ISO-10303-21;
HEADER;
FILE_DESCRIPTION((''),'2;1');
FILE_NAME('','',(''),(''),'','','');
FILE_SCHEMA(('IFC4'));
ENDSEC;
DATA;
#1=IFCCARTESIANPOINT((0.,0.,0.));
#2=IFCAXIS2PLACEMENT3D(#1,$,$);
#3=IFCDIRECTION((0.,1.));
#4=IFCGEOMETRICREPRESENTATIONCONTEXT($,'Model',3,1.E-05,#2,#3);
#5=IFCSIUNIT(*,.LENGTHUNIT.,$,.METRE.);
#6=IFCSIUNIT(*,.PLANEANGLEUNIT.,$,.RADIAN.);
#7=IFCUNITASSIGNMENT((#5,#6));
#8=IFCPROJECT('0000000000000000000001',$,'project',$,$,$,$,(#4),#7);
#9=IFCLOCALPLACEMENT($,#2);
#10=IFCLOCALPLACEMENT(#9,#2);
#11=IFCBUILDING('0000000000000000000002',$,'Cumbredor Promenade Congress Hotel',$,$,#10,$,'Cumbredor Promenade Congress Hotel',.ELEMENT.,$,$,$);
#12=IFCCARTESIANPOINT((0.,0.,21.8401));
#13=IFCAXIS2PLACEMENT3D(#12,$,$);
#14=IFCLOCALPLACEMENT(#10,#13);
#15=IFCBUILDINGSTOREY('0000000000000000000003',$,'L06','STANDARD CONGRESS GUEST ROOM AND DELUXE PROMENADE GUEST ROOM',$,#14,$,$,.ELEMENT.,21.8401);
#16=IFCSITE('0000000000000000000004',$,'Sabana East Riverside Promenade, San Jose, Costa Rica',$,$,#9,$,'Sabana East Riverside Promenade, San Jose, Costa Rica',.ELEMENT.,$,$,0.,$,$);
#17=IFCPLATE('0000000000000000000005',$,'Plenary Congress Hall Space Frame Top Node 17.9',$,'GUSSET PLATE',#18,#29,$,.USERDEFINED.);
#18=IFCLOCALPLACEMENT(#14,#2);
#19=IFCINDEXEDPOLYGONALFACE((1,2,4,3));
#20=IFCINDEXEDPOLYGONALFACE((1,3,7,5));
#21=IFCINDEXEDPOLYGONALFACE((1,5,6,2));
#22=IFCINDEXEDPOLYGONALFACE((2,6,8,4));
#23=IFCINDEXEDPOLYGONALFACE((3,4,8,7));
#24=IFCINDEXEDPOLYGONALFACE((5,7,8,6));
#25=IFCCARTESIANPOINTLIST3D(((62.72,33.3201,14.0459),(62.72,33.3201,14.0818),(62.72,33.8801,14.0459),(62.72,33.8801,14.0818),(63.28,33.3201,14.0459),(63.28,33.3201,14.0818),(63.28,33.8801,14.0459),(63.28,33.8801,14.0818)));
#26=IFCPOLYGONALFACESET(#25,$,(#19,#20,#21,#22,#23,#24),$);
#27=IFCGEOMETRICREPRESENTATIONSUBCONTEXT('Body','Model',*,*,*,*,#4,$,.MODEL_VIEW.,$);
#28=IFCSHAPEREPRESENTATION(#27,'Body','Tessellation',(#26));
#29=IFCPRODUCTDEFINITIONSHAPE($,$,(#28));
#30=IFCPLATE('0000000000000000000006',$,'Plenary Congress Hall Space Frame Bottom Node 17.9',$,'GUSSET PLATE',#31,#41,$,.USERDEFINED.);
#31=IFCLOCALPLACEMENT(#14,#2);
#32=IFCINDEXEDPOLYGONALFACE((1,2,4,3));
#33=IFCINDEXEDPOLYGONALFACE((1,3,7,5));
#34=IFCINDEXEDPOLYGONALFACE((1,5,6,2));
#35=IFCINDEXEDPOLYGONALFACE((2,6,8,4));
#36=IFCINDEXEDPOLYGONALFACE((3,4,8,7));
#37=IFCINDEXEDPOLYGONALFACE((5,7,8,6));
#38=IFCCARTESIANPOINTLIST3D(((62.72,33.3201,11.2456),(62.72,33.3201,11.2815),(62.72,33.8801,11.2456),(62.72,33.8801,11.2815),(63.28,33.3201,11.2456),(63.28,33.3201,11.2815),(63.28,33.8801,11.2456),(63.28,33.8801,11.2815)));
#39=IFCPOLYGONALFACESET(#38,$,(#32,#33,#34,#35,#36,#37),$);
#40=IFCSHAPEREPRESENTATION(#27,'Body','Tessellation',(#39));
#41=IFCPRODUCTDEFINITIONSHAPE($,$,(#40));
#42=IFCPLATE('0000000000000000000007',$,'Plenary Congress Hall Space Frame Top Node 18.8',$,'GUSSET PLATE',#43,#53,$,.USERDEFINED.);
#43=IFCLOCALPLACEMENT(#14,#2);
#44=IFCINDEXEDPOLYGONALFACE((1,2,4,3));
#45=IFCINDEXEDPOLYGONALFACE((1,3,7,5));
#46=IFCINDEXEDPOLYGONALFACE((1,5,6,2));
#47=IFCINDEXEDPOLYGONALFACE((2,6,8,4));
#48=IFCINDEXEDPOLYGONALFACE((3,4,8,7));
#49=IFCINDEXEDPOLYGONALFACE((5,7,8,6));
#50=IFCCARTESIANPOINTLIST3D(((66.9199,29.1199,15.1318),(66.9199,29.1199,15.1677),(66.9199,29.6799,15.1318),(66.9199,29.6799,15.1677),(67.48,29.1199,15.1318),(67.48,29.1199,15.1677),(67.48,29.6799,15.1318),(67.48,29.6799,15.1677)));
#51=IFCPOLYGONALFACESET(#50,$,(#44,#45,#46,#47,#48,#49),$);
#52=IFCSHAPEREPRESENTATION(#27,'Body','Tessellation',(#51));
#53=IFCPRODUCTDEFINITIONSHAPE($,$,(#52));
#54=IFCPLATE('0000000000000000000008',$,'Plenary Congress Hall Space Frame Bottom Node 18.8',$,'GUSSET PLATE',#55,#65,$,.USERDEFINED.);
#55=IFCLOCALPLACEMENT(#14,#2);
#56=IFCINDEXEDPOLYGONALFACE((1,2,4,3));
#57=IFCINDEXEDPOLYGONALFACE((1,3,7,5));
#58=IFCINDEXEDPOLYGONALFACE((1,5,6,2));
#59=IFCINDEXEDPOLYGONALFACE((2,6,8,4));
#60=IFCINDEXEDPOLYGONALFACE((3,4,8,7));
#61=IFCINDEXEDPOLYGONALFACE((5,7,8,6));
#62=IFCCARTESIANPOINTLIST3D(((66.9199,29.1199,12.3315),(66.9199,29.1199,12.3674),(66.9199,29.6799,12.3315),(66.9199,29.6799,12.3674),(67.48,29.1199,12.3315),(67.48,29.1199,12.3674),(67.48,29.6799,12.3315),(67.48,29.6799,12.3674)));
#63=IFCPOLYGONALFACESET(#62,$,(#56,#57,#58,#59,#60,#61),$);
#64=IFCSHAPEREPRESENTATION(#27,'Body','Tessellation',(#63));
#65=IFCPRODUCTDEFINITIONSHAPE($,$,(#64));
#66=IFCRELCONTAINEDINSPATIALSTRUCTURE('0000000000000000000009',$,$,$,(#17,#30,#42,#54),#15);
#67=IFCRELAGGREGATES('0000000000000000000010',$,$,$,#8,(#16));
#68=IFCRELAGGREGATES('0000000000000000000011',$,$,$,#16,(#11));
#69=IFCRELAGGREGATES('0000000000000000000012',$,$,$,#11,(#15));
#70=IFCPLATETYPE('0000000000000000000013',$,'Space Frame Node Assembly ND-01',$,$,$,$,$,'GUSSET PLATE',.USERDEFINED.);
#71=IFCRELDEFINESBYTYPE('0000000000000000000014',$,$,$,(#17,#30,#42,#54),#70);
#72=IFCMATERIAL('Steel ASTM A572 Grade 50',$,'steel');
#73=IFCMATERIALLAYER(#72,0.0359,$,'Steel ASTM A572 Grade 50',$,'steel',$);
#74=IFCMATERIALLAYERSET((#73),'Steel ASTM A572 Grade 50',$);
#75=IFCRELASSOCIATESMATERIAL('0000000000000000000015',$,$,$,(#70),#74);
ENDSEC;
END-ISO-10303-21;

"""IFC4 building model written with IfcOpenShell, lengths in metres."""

from ifc_helpers import new_model, si_unit, direction, frame, origin, origin_2d, place, context, subcontext, project, spatial, rectangle, extrude, material, layer, layer_set, type_object, element, save


model = new_model("IFC4")

# Units and contexts
model_context = context("Model", 3, precision=1e-05, world=origin(), true_north=direction((0.0, 1.0)))
body_context = subcontext(model_context, "Body", "Model", "MODEL_VIEW")
ifc_project = project(units=[si_unit("LENGTHUNIT", "METRE"), si_unit("PLANEANGLEUNIT", "RADIAN")], contexts=[model_context])

# Site, building, storey
site_placement = place(None, origin())
site = spatial("IfcSite", under=ifc_project, at=site_placement, Name="Sabana East Riverside Promenade, San Jose, Costa Rica", LongName="Sabana East Riverside Promenade, San Jose, Costa Rica", CompositionType="ELEMENT", RefElevation=0.0)
building_placement = place(site_placement, origin())
building = spatial("IfcBuilding", under=site, at=building_placement, Name="Cumbredor Promenade Congress Hotel", LongName="Cumbredor Promenade Congress Hotel", CompositionType="ELEMENT")
storey_placement = place(building_placement, frame((0.0, 0.0, 21.8401)))
storey = spatial("IfcBuildingStorey", under=building, at=storey_placement, Name="L06", Description="STANDARD CONGRESS GUEST ROOM AND DELUXE PROMENADE GUEST ROOM", CompositionType="ELEMENT", Elevation=21.8401)

# Plates
ifc_material_1 = material(Name="Steel ASTM A572 Grade 50", Category="steel")
ifc_layer = layer(ifc_material_1, 0.0359, Name="Steel ASTM A572 Grade 50", Category="steel")
ifc_layer_set = layer_set([ifc_layer], Name="Steel ASTM A572 Grade 50")
plate_type = type_object("IfcPlateType", Name="Space Frame Node Assembly ND-01", ElementType="GUSSET PLATE", PredefinedType="USERDEFINED", material=ifc_layer_set)
for number, where, z_axis, x_axis, name in (
    (1, (63.0, 33.6001, 14.0459), (0.0, 0.0, 1.0), (1.0, 0.0, 0.0), "Plenary Congress Hall Space Frame Top Node 17.9"),
    (2, (63.0, 33.6001, 11.2456), (0.0, 0.0, 1.0), (1.0, 0.0, 0.0), "Plenary Congress Hall Space Frame Bottom Node 17.9"),
    (3, (67.2, 29.3999, 15.1318), (0.0, 0.0, 1.0), (1.0, 0.0, 0.0), "Plenary Congress Hall Space Frame Top Node 18.8"),
    (4, (67.2, 29.3999, 12.3315), (0.0, 0.0, 1.0), (1.0, 0.0, 0.0), "Plenary Congress Hall Space Frame Bottom Node 18.8"),
):
    element("IfcPlate", number, at=place(storey_placement, frame(where, z_axis=z_axis, x_axis=x_axis)), inside=storey, type_object=plate_type, Name=name, ObjectType="GUSSET PLATE", PredefinedType="USERDEFINED", context=body_context, shape_type="SweptSolid", body=[
        extrude(rectangle(XDim=0.5601, YDim=0.5601, at=origin_2d()), origin(), (0.0, 0.0, 1.0), 0.0359),
    ])

save(model, "model.ifc")
